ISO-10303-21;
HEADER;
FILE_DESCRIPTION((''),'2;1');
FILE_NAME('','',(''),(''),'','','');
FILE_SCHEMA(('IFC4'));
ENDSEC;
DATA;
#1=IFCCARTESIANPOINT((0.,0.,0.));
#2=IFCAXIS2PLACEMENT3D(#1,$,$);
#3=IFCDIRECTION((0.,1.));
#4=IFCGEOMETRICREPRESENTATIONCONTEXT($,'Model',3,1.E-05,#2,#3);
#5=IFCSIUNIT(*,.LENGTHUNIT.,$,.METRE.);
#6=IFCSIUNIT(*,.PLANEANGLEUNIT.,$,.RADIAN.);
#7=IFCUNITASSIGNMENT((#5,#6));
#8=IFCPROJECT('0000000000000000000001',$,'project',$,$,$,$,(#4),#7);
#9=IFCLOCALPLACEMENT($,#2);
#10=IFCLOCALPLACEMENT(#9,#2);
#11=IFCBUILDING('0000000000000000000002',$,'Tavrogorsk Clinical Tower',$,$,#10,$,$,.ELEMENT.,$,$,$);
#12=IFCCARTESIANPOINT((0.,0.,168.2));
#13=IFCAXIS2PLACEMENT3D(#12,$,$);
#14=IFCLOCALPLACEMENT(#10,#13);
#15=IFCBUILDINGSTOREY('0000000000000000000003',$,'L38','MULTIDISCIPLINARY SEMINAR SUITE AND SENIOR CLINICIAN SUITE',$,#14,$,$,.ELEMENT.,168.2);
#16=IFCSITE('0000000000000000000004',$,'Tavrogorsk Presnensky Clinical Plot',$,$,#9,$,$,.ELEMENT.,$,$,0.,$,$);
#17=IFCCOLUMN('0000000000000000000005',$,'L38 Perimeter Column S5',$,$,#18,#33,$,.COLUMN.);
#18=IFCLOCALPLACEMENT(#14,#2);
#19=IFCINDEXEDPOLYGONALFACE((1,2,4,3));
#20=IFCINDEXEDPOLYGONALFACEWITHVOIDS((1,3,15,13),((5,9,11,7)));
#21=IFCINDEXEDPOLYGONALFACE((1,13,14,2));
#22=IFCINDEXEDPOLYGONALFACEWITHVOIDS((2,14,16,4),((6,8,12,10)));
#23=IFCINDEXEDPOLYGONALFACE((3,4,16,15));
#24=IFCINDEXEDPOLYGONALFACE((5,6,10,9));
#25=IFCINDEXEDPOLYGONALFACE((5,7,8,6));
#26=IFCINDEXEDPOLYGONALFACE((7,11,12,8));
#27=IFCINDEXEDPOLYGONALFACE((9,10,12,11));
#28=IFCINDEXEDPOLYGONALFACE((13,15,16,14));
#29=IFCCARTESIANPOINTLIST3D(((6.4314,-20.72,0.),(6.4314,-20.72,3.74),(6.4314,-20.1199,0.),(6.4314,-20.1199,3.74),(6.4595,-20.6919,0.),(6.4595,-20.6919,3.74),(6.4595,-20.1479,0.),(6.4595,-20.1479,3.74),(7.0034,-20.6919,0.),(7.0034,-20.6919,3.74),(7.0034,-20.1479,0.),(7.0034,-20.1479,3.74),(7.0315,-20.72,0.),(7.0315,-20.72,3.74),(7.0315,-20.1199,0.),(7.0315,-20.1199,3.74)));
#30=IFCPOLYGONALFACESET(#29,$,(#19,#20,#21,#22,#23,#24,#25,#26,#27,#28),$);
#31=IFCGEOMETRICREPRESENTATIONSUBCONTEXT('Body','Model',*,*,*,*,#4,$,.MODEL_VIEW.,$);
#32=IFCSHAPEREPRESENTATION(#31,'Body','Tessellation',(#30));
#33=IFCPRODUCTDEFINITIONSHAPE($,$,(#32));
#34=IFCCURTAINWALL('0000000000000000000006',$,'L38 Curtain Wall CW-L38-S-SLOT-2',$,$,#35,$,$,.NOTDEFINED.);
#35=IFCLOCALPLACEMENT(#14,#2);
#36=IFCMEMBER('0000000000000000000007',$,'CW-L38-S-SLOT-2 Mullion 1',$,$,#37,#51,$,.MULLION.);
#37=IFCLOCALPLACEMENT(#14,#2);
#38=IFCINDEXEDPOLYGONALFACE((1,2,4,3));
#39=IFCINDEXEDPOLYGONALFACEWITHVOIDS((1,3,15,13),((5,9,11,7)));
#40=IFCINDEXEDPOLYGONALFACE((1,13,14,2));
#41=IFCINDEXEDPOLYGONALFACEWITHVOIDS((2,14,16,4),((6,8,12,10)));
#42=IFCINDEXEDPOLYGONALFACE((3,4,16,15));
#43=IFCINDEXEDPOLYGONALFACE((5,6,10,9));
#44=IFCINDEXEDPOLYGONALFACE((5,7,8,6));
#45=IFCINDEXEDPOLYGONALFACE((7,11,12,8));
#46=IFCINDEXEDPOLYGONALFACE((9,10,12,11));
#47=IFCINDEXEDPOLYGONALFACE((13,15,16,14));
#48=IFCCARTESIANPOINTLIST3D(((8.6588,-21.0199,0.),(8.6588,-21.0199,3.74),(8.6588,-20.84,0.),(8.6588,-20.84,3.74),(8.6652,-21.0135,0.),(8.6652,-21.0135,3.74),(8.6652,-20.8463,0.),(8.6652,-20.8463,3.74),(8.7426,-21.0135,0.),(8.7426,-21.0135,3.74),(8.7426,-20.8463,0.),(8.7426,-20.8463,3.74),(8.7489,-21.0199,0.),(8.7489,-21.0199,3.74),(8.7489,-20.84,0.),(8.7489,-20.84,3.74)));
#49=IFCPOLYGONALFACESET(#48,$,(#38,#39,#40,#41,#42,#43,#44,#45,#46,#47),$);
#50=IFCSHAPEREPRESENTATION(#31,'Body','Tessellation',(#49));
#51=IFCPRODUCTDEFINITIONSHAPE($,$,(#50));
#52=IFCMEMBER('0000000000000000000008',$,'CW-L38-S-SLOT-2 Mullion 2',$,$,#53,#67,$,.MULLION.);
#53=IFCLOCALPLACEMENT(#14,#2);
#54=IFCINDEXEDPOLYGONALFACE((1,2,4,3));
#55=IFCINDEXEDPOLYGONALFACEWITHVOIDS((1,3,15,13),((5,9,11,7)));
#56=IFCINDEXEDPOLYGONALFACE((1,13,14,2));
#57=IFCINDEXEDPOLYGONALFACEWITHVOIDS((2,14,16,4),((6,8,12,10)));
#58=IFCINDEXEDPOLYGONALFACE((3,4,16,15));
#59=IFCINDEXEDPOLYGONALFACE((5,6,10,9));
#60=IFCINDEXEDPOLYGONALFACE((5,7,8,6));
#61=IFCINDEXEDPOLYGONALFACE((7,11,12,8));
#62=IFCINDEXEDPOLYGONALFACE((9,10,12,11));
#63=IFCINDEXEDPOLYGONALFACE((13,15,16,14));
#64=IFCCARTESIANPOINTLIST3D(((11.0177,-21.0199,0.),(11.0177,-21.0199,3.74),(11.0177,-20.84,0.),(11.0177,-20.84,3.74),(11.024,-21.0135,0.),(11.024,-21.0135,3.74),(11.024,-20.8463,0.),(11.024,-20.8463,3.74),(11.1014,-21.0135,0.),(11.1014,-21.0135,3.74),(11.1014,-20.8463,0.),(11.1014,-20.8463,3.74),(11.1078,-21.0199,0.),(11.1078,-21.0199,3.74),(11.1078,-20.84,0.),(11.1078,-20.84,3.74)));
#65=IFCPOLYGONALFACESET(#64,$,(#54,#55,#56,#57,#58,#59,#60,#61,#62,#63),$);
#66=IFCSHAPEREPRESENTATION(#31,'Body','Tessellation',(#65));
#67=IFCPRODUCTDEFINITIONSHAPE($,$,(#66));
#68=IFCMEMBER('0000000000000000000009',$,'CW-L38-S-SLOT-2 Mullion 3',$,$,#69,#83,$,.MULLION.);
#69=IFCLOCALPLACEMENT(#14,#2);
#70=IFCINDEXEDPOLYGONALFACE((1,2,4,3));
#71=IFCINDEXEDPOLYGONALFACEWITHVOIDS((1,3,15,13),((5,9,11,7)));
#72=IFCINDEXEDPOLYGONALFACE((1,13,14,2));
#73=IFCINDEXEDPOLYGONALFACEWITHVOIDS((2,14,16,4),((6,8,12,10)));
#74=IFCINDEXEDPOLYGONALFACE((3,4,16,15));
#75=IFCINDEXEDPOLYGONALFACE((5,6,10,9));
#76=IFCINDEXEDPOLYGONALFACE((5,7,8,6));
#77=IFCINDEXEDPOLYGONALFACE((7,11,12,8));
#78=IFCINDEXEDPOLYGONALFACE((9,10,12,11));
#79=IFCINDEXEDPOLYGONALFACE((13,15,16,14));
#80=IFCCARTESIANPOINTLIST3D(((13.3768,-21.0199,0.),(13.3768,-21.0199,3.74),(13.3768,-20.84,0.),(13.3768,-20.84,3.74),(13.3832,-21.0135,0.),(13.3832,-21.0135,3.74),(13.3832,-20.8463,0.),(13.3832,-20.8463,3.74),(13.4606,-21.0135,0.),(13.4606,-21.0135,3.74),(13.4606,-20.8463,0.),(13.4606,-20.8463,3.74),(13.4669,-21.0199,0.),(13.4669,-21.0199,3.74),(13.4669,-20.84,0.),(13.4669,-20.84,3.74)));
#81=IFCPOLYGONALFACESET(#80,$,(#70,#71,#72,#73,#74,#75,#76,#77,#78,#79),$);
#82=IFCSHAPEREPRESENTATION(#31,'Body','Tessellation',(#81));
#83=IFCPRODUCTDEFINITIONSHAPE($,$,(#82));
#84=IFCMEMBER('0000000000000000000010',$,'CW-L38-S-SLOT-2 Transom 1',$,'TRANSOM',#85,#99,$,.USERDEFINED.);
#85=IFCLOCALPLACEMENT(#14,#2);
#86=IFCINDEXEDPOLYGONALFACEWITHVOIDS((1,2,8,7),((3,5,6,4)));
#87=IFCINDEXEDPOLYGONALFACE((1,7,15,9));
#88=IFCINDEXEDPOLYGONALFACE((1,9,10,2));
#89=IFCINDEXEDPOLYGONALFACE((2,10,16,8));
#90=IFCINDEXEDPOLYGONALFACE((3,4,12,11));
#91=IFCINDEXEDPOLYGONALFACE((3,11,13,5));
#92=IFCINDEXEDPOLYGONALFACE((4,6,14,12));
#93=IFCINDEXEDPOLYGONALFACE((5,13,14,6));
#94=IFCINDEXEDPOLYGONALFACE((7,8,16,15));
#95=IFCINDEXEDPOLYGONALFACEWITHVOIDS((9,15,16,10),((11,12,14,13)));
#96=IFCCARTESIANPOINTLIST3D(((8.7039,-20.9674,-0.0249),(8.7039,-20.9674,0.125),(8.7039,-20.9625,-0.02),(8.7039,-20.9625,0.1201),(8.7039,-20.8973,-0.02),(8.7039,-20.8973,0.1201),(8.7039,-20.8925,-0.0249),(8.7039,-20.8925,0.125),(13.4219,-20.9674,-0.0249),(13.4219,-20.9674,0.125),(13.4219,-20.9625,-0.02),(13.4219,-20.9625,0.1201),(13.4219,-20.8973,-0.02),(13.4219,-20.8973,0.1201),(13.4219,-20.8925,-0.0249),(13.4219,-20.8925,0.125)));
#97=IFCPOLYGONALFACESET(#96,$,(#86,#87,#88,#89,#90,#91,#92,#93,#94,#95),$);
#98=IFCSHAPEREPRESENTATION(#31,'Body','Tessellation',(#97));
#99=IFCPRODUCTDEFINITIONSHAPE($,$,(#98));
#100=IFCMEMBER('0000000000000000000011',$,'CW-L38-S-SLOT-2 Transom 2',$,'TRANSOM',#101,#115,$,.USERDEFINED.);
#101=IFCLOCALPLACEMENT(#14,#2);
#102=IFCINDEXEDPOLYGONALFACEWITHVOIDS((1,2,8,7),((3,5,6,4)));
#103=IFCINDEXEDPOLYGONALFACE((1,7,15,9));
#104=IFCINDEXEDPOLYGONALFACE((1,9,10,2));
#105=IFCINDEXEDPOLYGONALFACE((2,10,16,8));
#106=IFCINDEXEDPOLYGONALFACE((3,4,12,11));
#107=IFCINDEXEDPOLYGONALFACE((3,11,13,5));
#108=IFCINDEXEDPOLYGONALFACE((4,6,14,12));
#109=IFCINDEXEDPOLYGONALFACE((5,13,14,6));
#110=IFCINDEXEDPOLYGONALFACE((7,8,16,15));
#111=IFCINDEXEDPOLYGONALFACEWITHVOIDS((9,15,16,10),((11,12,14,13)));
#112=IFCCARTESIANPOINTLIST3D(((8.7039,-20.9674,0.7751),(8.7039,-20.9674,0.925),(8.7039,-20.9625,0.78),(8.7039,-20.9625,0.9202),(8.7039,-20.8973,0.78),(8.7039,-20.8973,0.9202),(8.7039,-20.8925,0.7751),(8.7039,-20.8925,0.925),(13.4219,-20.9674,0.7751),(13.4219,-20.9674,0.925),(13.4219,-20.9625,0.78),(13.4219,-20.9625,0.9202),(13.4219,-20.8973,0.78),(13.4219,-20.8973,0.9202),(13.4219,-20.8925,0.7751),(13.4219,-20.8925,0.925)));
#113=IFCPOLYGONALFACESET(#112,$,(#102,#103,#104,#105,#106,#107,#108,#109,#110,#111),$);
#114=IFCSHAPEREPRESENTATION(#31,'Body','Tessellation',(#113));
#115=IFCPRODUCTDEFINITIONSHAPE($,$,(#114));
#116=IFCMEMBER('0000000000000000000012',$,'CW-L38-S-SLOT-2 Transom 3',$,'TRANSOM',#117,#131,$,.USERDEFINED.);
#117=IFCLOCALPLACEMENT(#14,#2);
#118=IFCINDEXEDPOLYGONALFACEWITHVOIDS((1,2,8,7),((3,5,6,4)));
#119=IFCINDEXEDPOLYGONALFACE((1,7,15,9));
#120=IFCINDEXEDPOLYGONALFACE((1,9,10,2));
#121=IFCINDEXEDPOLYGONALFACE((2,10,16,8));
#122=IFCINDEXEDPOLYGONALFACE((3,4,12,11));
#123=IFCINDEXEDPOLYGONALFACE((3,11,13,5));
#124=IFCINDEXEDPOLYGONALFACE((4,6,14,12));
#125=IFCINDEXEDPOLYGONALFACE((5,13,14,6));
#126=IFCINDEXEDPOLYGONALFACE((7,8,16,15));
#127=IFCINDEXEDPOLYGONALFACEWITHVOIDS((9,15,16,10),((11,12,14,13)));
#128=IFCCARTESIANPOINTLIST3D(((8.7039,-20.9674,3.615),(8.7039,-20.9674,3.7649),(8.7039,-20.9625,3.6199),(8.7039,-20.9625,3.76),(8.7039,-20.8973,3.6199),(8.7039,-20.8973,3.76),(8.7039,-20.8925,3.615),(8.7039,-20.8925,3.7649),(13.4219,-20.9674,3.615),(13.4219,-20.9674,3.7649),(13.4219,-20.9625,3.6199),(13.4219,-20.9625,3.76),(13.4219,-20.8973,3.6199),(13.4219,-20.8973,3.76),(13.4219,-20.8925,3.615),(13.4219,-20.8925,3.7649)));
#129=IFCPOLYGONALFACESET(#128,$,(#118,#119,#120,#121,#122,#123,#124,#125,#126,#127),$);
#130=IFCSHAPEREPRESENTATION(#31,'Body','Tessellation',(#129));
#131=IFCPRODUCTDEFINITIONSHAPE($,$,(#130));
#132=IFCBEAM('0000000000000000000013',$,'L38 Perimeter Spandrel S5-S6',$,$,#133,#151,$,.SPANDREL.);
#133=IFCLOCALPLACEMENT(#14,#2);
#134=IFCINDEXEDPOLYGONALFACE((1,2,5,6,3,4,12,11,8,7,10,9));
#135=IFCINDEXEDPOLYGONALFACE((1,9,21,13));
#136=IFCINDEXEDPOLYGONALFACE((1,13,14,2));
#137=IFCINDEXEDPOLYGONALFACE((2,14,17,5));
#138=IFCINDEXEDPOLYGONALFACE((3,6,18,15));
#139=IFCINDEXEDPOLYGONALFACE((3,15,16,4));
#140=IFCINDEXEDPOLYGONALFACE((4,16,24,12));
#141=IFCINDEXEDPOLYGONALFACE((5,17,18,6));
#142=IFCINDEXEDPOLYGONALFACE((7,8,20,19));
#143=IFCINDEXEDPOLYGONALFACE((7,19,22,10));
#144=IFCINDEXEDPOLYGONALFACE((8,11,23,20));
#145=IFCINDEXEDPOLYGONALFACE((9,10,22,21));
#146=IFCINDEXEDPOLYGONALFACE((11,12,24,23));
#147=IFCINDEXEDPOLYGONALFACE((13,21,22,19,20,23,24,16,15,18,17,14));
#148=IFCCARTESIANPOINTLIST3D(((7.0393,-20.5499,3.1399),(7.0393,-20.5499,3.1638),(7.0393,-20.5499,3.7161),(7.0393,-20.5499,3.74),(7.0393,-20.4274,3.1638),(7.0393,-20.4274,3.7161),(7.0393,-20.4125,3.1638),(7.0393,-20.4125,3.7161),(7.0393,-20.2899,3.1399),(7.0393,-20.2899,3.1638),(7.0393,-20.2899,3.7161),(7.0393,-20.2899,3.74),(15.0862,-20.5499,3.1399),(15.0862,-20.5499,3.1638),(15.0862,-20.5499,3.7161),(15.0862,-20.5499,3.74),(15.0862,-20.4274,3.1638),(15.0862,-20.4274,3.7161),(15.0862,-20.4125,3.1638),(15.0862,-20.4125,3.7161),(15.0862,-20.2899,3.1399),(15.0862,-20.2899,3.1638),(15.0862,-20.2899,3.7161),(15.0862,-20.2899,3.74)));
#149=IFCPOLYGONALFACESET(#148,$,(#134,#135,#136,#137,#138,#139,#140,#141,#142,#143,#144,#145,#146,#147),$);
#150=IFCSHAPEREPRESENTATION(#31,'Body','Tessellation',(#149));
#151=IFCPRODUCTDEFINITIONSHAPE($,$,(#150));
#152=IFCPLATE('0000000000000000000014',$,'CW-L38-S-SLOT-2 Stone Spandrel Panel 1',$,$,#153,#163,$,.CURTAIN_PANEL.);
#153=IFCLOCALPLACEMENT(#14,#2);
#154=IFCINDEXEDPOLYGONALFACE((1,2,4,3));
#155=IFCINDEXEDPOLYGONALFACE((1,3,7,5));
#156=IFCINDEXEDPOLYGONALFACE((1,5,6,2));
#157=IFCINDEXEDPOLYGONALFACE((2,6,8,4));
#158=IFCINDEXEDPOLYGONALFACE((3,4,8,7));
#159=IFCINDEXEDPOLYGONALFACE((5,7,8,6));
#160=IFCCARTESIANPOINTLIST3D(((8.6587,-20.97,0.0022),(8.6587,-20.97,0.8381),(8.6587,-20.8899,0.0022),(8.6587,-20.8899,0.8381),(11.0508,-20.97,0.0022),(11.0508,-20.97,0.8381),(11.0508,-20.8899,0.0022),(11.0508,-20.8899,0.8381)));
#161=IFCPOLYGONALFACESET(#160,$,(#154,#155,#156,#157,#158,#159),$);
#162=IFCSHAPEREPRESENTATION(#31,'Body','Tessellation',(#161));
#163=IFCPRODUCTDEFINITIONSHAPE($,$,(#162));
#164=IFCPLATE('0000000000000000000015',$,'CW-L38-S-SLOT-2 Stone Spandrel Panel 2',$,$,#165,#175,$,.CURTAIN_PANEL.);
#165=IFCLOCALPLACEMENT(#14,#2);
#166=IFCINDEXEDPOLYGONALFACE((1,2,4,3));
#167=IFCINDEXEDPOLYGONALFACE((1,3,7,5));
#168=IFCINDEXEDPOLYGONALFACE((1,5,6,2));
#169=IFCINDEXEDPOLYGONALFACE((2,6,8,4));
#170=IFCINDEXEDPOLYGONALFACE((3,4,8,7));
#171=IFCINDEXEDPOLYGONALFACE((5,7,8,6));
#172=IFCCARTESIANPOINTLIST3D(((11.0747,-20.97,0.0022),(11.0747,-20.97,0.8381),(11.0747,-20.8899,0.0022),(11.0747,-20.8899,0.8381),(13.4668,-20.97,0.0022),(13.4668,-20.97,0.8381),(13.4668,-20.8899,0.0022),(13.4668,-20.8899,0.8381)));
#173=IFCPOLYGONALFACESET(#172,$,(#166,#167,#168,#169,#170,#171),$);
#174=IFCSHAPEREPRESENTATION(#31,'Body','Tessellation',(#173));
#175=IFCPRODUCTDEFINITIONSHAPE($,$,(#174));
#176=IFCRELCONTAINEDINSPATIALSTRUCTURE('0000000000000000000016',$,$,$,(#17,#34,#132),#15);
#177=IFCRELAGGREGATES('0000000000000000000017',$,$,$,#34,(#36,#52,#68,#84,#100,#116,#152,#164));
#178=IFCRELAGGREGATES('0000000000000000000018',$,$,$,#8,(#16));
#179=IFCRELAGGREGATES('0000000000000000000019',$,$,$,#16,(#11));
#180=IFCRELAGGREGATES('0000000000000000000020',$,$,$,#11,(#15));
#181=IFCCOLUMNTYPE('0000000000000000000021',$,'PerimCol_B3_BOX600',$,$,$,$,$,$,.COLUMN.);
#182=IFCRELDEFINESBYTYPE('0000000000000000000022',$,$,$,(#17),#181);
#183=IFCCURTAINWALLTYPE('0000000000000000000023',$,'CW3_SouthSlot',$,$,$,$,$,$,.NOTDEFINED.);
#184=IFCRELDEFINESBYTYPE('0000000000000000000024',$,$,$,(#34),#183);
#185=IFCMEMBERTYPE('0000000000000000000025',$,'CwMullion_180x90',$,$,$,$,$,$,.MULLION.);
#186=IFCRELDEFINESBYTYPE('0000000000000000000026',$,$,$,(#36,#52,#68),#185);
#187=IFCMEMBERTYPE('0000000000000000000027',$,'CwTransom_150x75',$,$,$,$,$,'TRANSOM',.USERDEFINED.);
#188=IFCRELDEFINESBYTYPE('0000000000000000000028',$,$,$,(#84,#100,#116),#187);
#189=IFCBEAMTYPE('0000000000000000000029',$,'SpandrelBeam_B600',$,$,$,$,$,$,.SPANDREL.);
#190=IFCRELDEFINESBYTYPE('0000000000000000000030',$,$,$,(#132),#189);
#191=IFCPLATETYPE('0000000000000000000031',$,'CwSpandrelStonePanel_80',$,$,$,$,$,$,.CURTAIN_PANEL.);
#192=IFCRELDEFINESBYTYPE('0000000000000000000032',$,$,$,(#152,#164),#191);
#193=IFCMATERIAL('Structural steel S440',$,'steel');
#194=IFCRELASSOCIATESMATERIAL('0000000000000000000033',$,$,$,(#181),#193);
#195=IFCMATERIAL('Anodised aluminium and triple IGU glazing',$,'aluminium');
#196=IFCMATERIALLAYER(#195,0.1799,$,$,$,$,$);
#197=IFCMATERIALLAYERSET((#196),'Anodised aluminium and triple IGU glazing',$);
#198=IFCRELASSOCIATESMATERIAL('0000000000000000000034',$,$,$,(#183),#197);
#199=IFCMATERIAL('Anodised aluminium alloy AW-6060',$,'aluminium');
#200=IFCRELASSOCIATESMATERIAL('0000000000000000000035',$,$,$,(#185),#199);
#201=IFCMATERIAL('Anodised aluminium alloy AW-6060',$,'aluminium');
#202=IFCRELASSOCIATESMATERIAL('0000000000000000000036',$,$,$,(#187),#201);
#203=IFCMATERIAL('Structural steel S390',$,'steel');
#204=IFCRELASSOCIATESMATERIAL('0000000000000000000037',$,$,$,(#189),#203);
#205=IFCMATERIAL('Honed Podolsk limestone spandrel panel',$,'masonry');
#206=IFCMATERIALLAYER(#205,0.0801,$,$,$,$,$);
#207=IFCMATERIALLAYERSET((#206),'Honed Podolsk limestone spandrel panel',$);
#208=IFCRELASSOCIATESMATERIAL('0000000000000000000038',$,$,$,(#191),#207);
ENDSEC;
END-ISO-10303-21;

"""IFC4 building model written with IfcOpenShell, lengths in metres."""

from ifc_helpers import new_model, si_unit, direction, frame, origin, origin_2d, place, context, subcontext, project, spatial, rectangle, hollow_rectangle, i_section, extrude, material, layer, layer_set, material_profile, profile_set, type_object, element, aggregate, save


model = new_model("IFC4")

# Units and contexts
model_context = context("Model", 3, precision=1e-05, world=origin(), true_north=direction((0.0, 1.0)))
body_context = subcontext(model_context, "Body", "Model", "MODEL_VIEW")
ifc_project = project(units=[si_unit("LENGTHUNIT", "METRE"), si_unit("PLANEANGLEUNIT", "RADIAN")], contexts=[model_context])

# Site, building, storey
site_placement = place(None, origin())
site = spatial("IfcSite", under=ifc_project, at=site_placement, Name="Tavrogorsk Presnensky Clinical Plot", CompositionType="ELEMENT", RefElevation=0.0)
building_placement = place(site_placement, origin())
building = spatial("IfcBuilding", under=site, at=building_placement, Name="Tavrogorsk Clinical Tower", CompositionType="ELEMENT")
storey_placement = place(building_placement, frame((0.0, 0.0, 168.2)))
storey = spatial("IfcBuildingStorey", under=building, at=storey_placement, Name="L38", Description="MULTIDISCIPLINARY SEMINAR SUITE AND SENIOR CLINICIAN SUITE", CompositionType="ELEMENT", Elevation=168.2)

# Column
ifc_material_1 = material(Name="Structural steel S440", Category="steel")
ifc_material_profile_1 = material_profile(ifc_material_1, hollow_rectangle(XDim=0.6001, YDim=0.6001, WallThickness=0.0281, at=origin_2d()), Name="BOX-600x600x28")
ifc_profile_set_1 = profile_set([ifc_material_profile_1], Name="Structural steel S440")
column_type = type_object("IfcColumnType", Name="PerimCol_B3_BOX600", PredefinedType="COLUMN", material=ifc_profile_set_1)
column_placement = place(storey_placement, frame((6.7314, -20.4199, 0.0), z_axis=(0.0, 0.0, 1.0), x_axis=(1.0, 0.0, 0.0)))
element("IfcColumn", 1, at=column_placement, inside=storey, type_object=column_type, Name="L38 Perimeter Column S5", PredefinedType="COLUMN", context=body_context, shape_type="SweptSolid", body=[
    extrude(hollow_rectangle(XDim=0.6001, YDim=0.6001, WallThickness=0.0281, at=origin_2d()), origin(), (0.0, 0.0, 1.0), 3.74),
])

# Curtain wall, members
ifc_material_2 = material(Name="Anodised aluminium and triple IGU glazing", Category="aluminium")
ifc_layer_1 = layer(ifc_material_2, 0.1799)
ifc_layer_set_1 = layer_set([ifc_layer_1], Name="Anodised aluminium and triple IGU glazing")
curtain_wall_type = type_object("IfcCurtainWallType", Name="CW3_SouthSlot", PredefinedType="NOTDEFINED", material=ifc_layer_set_1)
curtain_wall_placement = place(storey_placement, origin())
curtain_wall = element("IfcCurtainWall", 2, at=curtain_wall_placement, inside=storey, type_object=curtain_wall_type, Name="L38 Curtain Wall CW-L38-S-SLOT-2", PredefinedType="NOTDEFINED")
ifc_material_3 = material(Name="Anodised aluminium alloy AW-6060", Category="aluminium")
ifc_material_profile_2 = material_profile(ifc_material_3, hollow_rectangle(XDim=0.0901, YDim=0.1799, WallThickness=0.0063, at=origin_2d()), Name="RHS-180x90x6.3")
ifc_profile_set_2 = profile_set([ifc_material_profile_2], Name="Anodised aluminium alloy AW-6060")
member_type_1 = type_object("IfcMemberType", Name="CwMullion_180x90", PredefinedType="MULLION", material=ifc_profile_set_2)
member_1_placement = place(storey_placement, frame((8.7039, -20.9299, 0.0), z_axis=(0.0, 0.0, 1.0), x_axis=(1.0, 0.0, 0.0)))
member_1 = element("IfcMember", 3, at=member_1_placement, type_object=member_type_1, Name="CW-L38-S-SLOT-2 Mullion 1", PredefinedType="MULLION", context=body_context, shape_type="SweptSolid", body=[
    extrude(hollow_rectangle(XDim=0.0901, YDim=0.1799, WallThickness=0.0063, at=origin_2d()), origin(), (0.0, 0.0, 1.0), 3.74),
])
member_2_placement = place(storey_placement, frame((11.0627, -20.9299, 0.0), z_axis=(0.0, 0.0, 1.0), x_axis=(1.0, 0.0, 0.0)))
member_2 = element("IfcMember", 4, at=member_2_placement, type_object=member_type_1, Name="CW-L38-S-SLOT-2 Mullion 2", PredefinedType="MULLION", context=body_context, shape_type="SweptSolid", body=[
    extrude(hollow_rectangle(XDim=0.0901, YDim=0.1799, WallThickness=0.0063, at=origin_2d()), origin(), (0.0, 0.0, 1.0), 3.74),
])
member_3_placement = place(storey_placement, frame((13.4219, -20.9299, 0.0), z_axis=(0.0, 0.0, 1.0), x_axis=(1.0, 0.0, 0.0)))
member_3 = element("IfcMember", 5, at=member_3_placement, type_object=member_type_1, Name="CW-L38-S-SLOT-2 Mullion 3", PredefinedType="MULLION", context=body_context, shape_type="SweptSolid", body=[
    extrude(hollow_rectangle(XDim=0.0901, YDim=0.1799, WallThickness=0.0063, at=origin_2d()), origin(), (0.0, 0.0, 1.0), 3.74),
])
ifc_material_4 = material(Name="Anodised aluminium alloy AW-6060", Category="aluminium")
ifc_material_profile_3 = material_profile(ifc_material_4, hollow_rectangle(XDim=0.075, YDim=0.1499, WallThickness=0.0049, at=origin_2d()), Name="RHS-150x75x5")
ifc_profile_set_3 = profile_set([ifc_material_profile_3], Name="Anodised aluminium alloy AW-6060")
member_type_2 = type_object("IfcMemberType", Name="CwTransom_150x75", ElementType="TRANSOM", PredefinedType="USERDEFINED", material=ifc_profile_set_3)
member_4_placement = place(storey_placement, frame((8.7039, -20.9299, 0.05), z_axis=(1.0, 0.0, 0.0), x_axis=(0.0, 1.0, 0.0)))
member_4 = element("IfcMember", 6, at=member_4_placement, type_object=member_type_2, Name="CW-L38-S-SLOT-2 Transom 1", ObjectType="TRANSOM", PredefinedType="USERDEFINED", context=body_context, shape_type="SweptSolid", body=[
    extrude(hollow_rectangle(XDim=0.075, YDim=0.1499, WallThickness=0.0049, at=origin_2d()), origin(), (0.0, 0.0, 1.0), 4.718),
])
member_5_placement = place(storey_placement, frame((8.7039, -20.9299, 0.8501), z_axis=(1.0, 0.0, 0.0), x_axis=(0.0, 1.0, 0.0)))
member_5 = element("IfcMember", 7, at=member_5_placement, type_object=member_type_2, Name="CW-L38-S-SLOT-2 Transom 2", ObjectType="TRANSOM", PredefinedType="USERDEFINED", context=body_context, shape_type="SweptSolid", body=[
    extrude(hollow_rectangle(XDim=0.075, YDim=0.1499, WallThickness=0.0049, at=origin_2d()), origin(), (0.0, 0.0, 1.0), 4.718),
])
member_6_placement = place(storey_placement, frame((8.7039, -20.9299, 3.6899), z_axis=(1.0, 0.0, 0.0), x_axis=(0.0, 1.0, 0.0)))
member_6 = element("IfcMember", 8, at=member_6_placement, type_object=member_type_2, Name="CW-L38-S-SLOT-2 Transom 3", ObjectType="TRANSOM", PredefinedType="USERDEFINED", context=body_context, shape_type="SweptSolid", body=[
    extrude(hollow_rectangle(XDim=0.075, YDim=0.1499, WallThickness=0.0049, at=origin_2d()), origin(), (0.0, 0.0, 1.0), 4.718),
])

# Beam
ifc_material_5 = material(Name="Structural steel S390", Category="steel")
ifc_material_profile_4 = material_profile(ifc_material_5, i_section(OverallWidth=0.26, OverallDepth=0.6001, WebThickness=0.0149, FlangeThickness=0.0239, at=origin_2d()), Name="B-600x260x15x24")
ifc_profile_set_4 = profile_set([ifc_material_profile_4], Name="Structural steel S390")
beam_type = type_object("IfcBeamType", Name="SpandrelBeam_B600", PredefinedType="SPANDREL", material=ifc_profile_set_4)
beam_placement = place(storey_placement, frame((7.0393, -20.4199, 3.4399), z_axis=(1.0, 0.0, 0.0), x_axis=(0.0, 1.0, 0.0)))
element("IfcBeam", 9, at=beam_placement, inside=storey, type_object=beam_type, Name="L38 Perimeter Spandrel S5-S6", PredefinedType="SPANDREL", context=body_context, shape_type="SweptSolid", body=[
    extrude(i_section(OverallWidth=0.26, OverallDepth=0.6001, WebThickness=0.0149, FlangeThickness=0.0239, at=origin_2d()), origin(), (0.0, 0.0, 1.0), 8.0469),
])

# Plates
ifc_material_6 = material(Name="Honed Podolsk limestone spandrel panel", Category="masonry")
ifc_layer_2 = layer(ifc_material_6, 0.0801)
ifc_layer_set_2 = layer_set([ifc_layer_2], Name="Honed Podolsk limestone spandrel panel")
plate_type_1 = type_object("IfcPlateType", Name="CwSpandrelStonePanel_80", PredefinedType="CURTAIN_PANEL", material=ifc_layer_set_2)
plate_1_placement = place(storey_placement, frame((9.8547, -20.9299, 0.0022), z_axis=(0.0, 0.0, 1.0), x_axis=(1.0, 0.0, 0.0)))
plate_1 = element("IfcPlate", 10, at=plate_1_placement, type_object=plate_type_1, Name="CW-L38-S-SLOT-2 Stone Spandrel Panel 1", PredefinedType="CURTAIN_PANEL", context=body_context, shape_type="SweptSolid", body=[
    extrude(rectangle(XDim=2.3921, YDim=0.0801, at=origin_2d()), origin(), (0.0, 0.0, 1.0), 0.8359),
])
plate_2_placement = place(storey_placement, frame((12.2708, -20.9299, 0.0022), z_axis=(0.0, 0.0, 1.0), x_axis=(1.0, 0.0, 0.0)))
plate_2 = element("IfcPlate", 11, at=plate_2_placement, type_object=plate_type_1, Name="CW-L38-S-SLOT-2 Stone Spandrel Panel 2", PredefinedType="CURTAIN_PANEL", context=body_context, shape_type="SweptSolid", body=[
    extrude(rectangle(XDim=2.3921, YDim=0.0801, at=origin_2d()), origin(), (0.0, 0.0, 1.0), 0.8359),
])
aggregate(curtain_wall, [member_1, member_2, member_3, member_4, member_5, member_6, plate_1, plate_2])

save(model, "model.ifc")
